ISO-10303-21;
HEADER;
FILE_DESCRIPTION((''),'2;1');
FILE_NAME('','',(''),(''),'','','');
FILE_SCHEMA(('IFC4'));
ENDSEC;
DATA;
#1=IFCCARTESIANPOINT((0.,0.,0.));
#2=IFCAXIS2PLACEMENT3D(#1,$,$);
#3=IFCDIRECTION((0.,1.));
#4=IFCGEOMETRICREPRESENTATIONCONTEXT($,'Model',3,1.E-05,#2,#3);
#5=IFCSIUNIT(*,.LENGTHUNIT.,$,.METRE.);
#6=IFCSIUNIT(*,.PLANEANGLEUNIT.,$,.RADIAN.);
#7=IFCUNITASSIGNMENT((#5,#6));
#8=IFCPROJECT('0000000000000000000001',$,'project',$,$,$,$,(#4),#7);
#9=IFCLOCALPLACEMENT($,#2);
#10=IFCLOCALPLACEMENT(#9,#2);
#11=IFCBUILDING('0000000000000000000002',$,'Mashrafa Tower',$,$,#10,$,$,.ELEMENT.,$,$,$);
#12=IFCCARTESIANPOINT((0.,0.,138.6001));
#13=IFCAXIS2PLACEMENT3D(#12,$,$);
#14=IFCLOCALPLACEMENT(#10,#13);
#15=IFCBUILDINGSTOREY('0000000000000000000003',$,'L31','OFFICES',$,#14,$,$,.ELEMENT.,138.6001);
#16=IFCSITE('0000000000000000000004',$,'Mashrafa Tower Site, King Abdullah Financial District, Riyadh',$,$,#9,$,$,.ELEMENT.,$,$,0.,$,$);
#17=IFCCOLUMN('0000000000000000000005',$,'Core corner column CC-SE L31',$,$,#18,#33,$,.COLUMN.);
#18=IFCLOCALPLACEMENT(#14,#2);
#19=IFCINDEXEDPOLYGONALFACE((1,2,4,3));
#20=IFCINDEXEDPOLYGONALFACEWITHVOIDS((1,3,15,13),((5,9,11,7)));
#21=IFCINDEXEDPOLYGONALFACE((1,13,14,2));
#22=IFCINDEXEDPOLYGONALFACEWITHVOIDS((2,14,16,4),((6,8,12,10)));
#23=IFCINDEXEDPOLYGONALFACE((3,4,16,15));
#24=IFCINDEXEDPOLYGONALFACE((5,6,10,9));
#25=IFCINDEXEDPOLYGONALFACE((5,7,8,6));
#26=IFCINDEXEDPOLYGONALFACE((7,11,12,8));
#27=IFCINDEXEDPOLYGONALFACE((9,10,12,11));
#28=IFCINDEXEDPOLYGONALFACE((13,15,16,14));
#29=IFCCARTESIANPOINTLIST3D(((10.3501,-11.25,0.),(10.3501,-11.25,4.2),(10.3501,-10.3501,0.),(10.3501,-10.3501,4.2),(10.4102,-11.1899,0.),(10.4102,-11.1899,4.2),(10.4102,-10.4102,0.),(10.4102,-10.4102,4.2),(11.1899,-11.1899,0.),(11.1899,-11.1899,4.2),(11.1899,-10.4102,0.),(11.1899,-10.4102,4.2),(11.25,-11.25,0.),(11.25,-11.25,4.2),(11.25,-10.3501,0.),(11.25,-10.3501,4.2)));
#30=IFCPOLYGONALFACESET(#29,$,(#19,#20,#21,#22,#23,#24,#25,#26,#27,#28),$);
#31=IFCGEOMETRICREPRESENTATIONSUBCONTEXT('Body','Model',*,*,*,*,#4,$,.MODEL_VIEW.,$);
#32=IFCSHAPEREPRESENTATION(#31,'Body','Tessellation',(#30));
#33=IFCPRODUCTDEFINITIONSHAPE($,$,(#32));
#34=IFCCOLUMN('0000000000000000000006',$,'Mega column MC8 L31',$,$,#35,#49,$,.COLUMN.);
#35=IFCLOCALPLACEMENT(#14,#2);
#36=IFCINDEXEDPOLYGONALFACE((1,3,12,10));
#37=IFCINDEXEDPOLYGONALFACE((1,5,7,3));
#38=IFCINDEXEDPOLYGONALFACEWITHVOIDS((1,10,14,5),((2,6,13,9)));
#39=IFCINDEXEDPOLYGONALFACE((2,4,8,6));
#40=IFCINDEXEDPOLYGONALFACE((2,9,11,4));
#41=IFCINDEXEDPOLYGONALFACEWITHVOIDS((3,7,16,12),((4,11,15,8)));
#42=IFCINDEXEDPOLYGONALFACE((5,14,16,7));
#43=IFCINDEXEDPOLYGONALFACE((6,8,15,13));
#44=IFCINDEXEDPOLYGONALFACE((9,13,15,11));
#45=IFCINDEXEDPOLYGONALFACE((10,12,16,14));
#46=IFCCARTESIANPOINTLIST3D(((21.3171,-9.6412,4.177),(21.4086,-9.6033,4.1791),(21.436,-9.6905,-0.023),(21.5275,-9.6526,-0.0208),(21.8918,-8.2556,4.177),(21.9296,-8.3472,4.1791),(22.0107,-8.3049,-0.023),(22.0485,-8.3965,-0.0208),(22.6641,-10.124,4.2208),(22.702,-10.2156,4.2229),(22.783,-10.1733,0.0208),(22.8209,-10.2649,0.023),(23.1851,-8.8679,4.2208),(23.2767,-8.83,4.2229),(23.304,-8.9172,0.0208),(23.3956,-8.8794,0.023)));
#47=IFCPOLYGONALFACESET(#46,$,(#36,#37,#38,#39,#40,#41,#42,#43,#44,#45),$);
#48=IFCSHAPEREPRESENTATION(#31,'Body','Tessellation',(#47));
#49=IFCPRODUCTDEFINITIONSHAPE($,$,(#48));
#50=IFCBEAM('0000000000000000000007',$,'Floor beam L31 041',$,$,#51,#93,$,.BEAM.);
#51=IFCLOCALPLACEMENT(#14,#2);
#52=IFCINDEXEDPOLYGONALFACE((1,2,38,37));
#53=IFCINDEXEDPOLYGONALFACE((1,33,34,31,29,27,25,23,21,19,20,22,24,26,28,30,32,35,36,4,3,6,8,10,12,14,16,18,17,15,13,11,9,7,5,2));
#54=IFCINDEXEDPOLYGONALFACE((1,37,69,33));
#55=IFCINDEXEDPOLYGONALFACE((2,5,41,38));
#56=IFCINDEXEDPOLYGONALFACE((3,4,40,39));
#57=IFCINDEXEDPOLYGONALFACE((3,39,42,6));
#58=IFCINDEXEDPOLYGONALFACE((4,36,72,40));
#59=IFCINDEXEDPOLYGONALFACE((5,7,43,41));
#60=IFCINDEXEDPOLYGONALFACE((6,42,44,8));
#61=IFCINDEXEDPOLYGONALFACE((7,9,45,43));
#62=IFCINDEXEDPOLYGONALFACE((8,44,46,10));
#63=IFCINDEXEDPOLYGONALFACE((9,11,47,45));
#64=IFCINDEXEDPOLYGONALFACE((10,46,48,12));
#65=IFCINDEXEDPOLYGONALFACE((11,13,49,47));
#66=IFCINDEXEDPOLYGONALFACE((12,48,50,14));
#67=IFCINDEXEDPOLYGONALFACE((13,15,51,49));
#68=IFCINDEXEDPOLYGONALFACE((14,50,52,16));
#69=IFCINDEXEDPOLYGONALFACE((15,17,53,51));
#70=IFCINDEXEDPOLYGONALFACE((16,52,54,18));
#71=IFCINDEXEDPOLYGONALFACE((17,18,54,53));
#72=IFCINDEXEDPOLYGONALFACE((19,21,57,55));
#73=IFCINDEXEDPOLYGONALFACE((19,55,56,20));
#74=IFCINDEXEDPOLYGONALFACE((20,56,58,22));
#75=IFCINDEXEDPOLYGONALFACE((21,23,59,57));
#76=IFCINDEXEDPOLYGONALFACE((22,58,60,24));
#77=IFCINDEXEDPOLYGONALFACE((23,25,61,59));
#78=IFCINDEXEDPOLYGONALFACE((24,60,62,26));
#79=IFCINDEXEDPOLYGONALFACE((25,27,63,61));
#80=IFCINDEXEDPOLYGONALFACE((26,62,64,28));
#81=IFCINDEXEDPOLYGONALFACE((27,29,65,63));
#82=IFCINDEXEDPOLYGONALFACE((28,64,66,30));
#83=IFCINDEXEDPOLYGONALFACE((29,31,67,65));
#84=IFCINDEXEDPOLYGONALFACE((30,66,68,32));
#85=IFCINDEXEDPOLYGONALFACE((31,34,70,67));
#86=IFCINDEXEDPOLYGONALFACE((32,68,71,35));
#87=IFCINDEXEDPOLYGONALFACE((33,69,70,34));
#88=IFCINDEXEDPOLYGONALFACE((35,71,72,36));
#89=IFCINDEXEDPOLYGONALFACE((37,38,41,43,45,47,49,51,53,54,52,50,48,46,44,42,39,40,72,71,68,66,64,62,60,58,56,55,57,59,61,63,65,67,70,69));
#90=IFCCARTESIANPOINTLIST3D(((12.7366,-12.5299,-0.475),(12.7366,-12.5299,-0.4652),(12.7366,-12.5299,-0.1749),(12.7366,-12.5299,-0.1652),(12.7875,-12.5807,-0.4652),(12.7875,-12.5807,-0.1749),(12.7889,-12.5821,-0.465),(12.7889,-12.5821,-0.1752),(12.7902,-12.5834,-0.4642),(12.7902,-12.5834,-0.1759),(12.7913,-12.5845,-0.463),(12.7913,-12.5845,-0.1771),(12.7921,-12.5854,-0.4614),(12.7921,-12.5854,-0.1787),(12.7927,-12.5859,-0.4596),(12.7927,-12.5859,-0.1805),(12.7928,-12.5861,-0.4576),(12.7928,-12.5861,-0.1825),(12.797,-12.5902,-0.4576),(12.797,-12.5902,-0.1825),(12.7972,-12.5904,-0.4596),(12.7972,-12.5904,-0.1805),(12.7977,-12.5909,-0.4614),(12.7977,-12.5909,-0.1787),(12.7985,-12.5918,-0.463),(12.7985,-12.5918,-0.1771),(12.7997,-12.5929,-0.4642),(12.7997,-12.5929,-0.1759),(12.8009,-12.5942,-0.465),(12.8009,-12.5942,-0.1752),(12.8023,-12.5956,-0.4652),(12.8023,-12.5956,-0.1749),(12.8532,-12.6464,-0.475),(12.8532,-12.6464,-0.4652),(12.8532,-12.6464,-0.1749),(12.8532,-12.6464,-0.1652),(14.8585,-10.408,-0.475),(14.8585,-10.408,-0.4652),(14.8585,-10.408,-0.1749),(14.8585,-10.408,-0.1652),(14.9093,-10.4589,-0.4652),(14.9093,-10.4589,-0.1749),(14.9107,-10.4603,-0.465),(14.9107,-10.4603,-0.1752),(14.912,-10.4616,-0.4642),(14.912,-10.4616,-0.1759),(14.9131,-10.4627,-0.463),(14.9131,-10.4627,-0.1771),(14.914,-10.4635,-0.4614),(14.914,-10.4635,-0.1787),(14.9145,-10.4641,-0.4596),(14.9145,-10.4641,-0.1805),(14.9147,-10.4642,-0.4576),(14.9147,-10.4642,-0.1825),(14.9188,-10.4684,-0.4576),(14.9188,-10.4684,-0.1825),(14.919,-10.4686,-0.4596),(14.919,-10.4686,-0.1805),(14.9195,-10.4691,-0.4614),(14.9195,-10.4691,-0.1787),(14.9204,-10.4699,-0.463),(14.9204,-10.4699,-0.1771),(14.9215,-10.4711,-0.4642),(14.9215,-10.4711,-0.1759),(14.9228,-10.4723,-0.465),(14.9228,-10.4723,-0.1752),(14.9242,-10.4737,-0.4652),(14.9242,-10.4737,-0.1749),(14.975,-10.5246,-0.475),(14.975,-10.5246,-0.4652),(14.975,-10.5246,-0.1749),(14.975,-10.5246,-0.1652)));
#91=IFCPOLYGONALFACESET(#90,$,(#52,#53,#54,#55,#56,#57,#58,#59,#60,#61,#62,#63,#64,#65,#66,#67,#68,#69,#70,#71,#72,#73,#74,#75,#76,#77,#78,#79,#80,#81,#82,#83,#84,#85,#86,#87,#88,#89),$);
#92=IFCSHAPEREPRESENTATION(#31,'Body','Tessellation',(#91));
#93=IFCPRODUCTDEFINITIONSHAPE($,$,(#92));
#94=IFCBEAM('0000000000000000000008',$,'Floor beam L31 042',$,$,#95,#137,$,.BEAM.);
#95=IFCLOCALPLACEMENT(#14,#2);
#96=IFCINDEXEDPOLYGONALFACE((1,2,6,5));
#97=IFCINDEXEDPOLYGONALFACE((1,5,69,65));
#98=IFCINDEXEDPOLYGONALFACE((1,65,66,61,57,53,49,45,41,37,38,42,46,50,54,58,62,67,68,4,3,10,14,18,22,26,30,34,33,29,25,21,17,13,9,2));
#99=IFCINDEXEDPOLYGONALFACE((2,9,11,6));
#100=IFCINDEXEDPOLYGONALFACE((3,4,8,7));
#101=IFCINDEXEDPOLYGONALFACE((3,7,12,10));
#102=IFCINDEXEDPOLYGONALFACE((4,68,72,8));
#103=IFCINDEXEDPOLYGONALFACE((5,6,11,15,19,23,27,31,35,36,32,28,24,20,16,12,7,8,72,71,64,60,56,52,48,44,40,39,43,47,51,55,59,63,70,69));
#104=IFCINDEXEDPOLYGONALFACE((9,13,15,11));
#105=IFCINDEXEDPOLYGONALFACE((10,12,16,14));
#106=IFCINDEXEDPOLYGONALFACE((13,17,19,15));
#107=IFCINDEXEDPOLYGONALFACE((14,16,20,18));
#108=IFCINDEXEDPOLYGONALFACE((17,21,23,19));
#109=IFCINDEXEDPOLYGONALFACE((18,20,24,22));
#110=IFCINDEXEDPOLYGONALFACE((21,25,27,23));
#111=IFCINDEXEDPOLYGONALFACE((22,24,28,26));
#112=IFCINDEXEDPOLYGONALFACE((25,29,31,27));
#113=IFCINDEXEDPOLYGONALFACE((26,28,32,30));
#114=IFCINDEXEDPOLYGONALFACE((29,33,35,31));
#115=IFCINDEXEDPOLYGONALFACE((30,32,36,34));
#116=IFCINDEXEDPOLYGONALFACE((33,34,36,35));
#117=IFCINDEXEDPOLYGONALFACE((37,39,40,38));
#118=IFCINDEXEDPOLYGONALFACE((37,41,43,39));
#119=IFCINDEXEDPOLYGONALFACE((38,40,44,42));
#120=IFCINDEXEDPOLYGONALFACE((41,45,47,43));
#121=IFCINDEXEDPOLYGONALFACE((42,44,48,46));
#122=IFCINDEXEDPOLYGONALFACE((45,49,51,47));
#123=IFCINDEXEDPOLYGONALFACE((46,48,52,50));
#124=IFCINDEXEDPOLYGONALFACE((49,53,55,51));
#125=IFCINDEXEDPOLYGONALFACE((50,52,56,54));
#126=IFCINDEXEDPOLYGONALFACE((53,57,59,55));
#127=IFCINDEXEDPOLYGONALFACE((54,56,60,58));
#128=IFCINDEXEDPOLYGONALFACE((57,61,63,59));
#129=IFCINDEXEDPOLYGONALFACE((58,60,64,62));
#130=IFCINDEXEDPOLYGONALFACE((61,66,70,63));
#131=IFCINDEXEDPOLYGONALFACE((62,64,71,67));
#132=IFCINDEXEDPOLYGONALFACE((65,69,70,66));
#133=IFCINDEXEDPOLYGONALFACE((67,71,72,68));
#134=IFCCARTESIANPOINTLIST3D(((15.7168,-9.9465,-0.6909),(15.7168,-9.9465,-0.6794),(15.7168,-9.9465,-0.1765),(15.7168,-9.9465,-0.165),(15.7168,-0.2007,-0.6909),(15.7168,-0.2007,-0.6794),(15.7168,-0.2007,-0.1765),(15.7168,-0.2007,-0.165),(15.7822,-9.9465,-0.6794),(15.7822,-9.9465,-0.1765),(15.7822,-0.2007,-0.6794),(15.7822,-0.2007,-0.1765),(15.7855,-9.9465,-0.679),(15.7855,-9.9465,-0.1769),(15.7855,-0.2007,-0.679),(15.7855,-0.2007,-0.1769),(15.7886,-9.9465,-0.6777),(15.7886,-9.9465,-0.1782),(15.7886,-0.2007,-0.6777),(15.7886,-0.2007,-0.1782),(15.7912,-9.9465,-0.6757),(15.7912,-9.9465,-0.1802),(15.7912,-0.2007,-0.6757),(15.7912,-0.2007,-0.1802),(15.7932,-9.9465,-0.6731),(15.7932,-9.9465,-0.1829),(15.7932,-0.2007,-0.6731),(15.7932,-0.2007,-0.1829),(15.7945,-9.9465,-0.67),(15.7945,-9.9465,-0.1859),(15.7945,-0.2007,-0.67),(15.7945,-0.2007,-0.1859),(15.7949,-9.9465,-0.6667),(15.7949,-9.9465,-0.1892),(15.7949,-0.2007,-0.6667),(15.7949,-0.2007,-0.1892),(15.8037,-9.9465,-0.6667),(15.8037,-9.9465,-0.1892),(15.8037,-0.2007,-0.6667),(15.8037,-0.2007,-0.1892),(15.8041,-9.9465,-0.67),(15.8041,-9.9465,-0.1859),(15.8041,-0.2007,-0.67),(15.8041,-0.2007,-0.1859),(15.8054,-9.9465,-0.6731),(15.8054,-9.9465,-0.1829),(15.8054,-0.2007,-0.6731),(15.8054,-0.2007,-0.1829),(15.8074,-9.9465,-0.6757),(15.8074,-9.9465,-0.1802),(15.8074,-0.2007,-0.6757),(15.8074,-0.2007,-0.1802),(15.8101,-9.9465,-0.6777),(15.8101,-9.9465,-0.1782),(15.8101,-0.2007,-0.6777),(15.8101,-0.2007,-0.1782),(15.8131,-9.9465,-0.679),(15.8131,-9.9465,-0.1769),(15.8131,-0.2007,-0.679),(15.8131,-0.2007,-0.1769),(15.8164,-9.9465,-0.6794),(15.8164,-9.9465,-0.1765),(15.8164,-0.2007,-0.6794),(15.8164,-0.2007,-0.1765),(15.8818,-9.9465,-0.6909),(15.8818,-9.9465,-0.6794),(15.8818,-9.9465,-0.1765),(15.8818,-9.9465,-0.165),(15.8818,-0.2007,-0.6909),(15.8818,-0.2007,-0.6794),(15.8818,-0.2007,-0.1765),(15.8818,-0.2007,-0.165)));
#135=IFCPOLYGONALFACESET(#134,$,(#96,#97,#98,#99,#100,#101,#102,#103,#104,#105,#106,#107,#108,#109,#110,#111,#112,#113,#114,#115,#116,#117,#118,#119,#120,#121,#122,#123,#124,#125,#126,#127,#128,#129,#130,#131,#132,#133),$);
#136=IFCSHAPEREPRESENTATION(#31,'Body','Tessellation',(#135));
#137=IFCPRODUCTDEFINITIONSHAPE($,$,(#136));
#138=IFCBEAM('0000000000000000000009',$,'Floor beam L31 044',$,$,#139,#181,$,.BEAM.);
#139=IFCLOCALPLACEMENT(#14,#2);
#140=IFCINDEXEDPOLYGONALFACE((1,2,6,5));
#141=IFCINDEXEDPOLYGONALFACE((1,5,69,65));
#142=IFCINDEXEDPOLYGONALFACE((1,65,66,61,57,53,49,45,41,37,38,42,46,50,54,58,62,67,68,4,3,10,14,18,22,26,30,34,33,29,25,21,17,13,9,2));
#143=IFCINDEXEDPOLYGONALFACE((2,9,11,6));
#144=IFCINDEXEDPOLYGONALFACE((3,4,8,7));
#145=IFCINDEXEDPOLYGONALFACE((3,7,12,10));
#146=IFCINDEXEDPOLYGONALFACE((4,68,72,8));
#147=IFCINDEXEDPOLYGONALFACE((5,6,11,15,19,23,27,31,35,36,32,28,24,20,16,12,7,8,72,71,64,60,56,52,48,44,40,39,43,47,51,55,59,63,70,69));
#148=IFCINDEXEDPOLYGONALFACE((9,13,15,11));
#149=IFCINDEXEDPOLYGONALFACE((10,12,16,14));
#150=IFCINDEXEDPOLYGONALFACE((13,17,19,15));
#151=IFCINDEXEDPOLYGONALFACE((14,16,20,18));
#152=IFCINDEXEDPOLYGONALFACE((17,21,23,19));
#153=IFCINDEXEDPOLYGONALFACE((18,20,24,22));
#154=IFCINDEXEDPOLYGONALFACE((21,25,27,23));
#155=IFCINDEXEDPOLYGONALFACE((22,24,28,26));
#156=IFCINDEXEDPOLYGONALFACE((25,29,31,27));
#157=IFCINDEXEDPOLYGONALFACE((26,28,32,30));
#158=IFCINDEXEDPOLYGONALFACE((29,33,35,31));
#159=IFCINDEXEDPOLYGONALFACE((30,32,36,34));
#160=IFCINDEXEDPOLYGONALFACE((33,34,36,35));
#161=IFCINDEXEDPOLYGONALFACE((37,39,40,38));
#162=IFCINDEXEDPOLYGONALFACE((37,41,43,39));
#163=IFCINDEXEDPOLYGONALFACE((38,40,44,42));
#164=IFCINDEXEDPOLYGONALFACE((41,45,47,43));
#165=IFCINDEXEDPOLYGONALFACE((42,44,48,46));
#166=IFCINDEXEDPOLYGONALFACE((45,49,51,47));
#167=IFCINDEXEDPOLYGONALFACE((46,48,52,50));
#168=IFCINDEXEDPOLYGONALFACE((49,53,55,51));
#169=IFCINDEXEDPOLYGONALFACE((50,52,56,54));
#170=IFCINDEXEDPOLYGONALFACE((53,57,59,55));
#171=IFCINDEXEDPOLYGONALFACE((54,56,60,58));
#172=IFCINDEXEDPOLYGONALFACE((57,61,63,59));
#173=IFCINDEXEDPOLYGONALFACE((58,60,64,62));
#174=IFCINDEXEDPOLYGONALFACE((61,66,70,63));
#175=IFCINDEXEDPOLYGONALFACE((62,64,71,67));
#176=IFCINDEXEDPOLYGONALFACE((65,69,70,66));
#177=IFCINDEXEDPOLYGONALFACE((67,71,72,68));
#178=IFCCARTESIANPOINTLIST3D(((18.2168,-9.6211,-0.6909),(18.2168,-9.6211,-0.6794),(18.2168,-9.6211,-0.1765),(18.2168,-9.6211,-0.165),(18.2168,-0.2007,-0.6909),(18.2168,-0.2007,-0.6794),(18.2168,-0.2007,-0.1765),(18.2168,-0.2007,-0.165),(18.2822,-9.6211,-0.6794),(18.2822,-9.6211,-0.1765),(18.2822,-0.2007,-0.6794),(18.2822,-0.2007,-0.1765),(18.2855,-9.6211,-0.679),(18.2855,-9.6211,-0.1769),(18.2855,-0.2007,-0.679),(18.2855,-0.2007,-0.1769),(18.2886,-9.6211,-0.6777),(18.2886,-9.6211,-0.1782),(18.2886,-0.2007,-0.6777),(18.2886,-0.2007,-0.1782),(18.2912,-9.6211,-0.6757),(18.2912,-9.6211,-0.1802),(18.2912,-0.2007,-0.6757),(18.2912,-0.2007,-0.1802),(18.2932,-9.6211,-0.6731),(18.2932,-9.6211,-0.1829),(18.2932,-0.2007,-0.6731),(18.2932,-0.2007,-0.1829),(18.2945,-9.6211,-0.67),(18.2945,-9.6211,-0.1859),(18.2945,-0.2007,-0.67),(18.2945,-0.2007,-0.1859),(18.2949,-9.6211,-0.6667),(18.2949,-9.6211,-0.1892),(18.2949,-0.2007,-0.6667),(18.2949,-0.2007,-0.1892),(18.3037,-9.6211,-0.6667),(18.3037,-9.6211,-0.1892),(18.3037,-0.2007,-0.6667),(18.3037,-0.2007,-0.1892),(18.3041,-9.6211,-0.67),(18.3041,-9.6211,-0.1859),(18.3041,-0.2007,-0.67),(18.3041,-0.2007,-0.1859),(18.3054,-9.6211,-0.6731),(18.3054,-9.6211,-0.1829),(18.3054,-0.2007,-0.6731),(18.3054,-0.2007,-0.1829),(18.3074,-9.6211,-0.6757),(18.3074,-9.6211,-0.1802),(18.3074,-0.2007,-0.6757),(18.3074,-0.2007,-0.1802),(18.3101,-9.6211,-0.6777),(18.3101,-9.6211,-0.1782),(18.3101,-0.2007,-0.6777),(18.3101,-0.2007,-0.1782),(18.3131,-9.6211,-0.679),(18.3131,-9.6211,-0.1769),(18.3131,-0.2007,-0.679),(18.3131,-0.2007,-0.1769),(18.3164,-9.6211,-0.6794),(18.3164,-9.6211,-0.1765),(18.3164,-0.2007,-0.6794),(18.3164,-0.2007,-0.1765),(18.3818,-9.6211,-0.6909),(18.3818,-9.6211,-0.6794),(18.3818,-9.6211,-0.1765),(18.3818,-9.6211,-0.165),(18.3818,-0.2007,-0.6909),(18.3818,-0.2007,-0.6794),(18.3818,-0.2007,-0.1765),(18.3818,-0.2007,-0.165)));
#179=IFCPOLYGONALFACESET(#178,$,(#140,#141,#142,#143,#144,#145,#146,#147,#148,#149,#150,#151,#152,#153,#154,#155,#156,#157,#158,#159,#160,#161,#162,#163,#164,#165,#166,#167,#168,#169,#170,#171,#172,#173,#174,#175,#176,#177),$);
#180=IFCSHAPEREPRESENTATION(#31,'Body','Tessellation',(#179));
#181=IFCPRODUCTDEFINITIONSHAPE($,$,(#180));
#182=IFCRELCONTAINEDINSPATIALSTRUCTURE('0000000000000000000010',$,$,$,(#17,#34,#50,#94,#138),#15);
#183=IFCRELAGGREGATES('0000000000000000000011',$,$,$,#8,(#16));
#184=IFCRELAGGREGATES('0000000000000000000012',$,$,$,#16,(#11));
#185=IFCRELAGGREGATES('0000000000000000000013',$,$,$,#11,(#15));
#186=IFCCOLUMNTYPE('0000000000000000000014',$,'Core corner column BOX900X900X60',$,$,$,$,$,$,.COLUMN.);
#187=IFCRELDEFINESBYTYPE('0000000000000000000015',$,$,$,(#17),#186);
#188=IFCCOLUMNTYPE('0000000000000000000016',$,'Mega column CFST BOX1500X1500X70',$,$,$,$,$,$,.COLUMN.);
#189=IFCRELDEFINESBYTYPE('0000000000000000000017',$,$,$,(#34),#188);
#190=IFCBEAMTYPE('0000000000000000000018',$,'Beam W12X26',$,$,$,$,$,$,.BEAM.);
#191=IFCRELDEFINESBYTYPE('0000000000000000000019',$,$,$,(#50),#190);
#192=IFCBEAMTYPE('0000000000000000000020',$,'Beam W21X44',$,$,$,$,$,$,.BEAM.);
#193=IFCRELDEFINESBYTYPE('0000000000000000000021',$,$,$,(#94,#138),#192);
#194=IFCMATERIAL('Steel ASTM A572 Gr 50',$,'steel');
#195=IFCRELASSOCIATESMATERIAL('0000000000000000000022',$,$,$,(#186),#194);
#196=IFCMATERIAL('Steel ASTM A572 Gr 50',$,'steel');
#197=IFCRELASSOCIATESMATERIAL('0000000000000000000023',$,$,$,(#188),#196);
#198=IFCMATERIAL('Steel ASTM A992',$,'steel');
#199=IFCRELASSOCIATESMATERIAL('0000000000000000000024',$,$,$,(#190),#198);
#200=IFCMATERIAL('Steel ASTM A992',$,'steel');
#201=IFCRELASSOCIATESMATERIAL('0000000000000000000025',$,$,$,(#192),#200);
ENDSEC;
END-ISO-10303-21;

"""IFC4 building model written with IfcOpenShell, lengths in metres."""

from ifc_helpers import new_model, si_unit, direction, frame, origin, origin_2d, place, context, subcontext, project, spatial, hollow_rectangle, i_section, extrude, material, material_profile, profile_set, type_object, element, save


model = new_model("IFC4")

# Units and contexts
model_context = context("Model", 3, precision=1e-05, world=origin(), true_north=direction((0.0, 1.0)))
body_context = subcontext(model_context, "Body", "Model", "MODEL_VIEW")
ifc_project = project(units=[si_unit("LENGTHUNIT", "METRE"), si_unit("PLANEANGLEUNIT", "RADIAN")], contexts=[model_context])

# Site, building, storey
site_placement = place(None, origin())
site = spatial("IfcSite", under=ifc_project, at=site_placement, Name="Mashrafa Tower Site, King Abdullah Financial District, Riyadh", CompositionType="ELEMENT", RefElevation=0.0)
building_placement = place(site_placement, origin())
building = spatial("IfcBuilding", under=site, at=building_placement, Name="Mashrafa Tower", CompositionType="ELEMENT")
storey_placement = place(building_placement, frame((0.0, 0.0, 138.6001)))
storey = spatial("IfcBuildingStorey", under=building, at=storey_placement, Name="L31", Description="OFFICES", CompositionType="ELEMENT", Elevation=138.6001)

# Columns
ifc_material_1 = material(Name="Steel ASTM A572 Gr 50", Category="steel")
ifc_material_profile_1 = material_profile(ifc_material_1, hollow_rectangle(XDim=0.8999, YDim=0.8999, WallThickness=0.0601, at=origin_2d()), Name="BOX900X900X60")
ifc_profile_set_1 = profile_set([ifc_material_profile_1], Name="Steel ASTM A572 Gr 50")
column_type_1 = type_object("IfcColumnType", Name="Core corner column BOX900X900X60", PredefinedType="COLUMN", material=ifc_profile_set_1)
column_1_placement = place(storey_placement, frame((10.8, -10.8, 0.0), z_axis=(0.0, 0.0, 1.0), x_axis=(1.0, 0.0, 0.0)))
element("IfcColumn", 1, at=column_1_placement, inside=storey, type_object=column_type_1, Name="Core corner column CC-SE L31", PredefinedType="COLUMN", context=body_context, shape_type="SweptSolid", body=[
    extrude(hollow_rectangle(XDim=0.8999, YDim=0.8999, WallThickness=0.0601, at=origin_2d()), origin(), (0.0, 0.0, 1.0), 4.2),
])
ifc_material_2 = material(Name="Steel ASTM A572 Gr 50", Category="steel")
ifc_material_profile_2 = material_profile(ifc_material_2, hollow_rectangle(XDim=1.5, YDim=1.5, WallThickness=0.0701, at=origin_2d()), Name="BOX1500X1500X70")
ifc_profile_set_2 = profile_set([ifc_material_profile_2], Name="Steel ASTM A572 Gr 50")
column_type_2 = type_object("IfcColumnType", Name="Mega column CFST BOX1500X1500X70", PredefinedType="COLUMN", material=ifc_profile_set_2)
column_2_placement = place(storey_placement, frame((22.4158, -9.2849, 0.0), z_axis=(-0.028296, 0.011737, 0.999531), x_axis=(-0.383133, -0.923693, 0.0)))
element("IfcColumn", 2, at=column_2_placement, inside=storey, type_object=column_type_2, Name="Mega column MC8 L31", PredefinedType="COLUMN", context=body_context, shape_type="SweptSolid", body=[
    extrude(hollow_rectangle(XDim=1.5, YDim=1.5, WallThickness=0.0701, at=origin_2d()), origin(), (0.0, 0.0, 1.0), 4.2019),
])

# Beams
ifc_material_3 = material(Name="Steel ASTM A992", Category="steel")
ifc_material_profile_3 = material_profile(ifc_material_3, i_section(OverallWidth=0.1648, OverallDepth=0.3098, WebThickness=0.0059, FlangeThickness=0.0098, FilletRadius=0.0076, at=origin_2d()), Name="W12X26")
ifc_profile_set_3 = profile_set([ifc_material_profile_3], Name="Steel ASTM A992")
beam_type_1 = type_object("IfcBeamType", Name="Beam W12X26", PredefinedType="BEAM", material=ifc_profile_set_3)
beam_1_placement = place(storey_placement, frame((14.9167, -10.4663, -0.3201), z_axis=(-0.707107, -0.707107, 0.0), x_axis=(0.707107, -0.707107, 0.0)))
element("IfcBeam", 3, at=beam_1_placement, inside=storey, type_object=beam_type_1, Name="Floor beam L31 041", PredefinedType="BEAM", context=body_context, shape_type="SweptSolid", body=[
    extrude(i_section(OverallWidth=0.1648, OverallDepth=0.3098, WebThickness=0.0059, FlangeThickness=0.0098, FilletRadius=0.0076, at=origin_2d()), origin(), (0.0, 0.0, 1.0), 3.0007),
])
ifc_material_4 = material(Name="Steel ASTM A992", Category="steel")
ifc_material_profile_4 = material_profile(ifc_material_4, i_section(OverallWidth=0.165, OverallDepth=0.5259, WebThickness=0.0088, FlangeThickness=0.0115, FilletRadius=0.0127, at=origin_2d()), Name="W21X44")
ifc_profile_set_4 = profile_set([ifc_material_profile_4], Name="Steel ASTM A992")
beam_type_2 = type_object("IfcBeamType", Name="Beam W21X44", PredefinedType="BEAM", material=ifc_profile_set_4)
beam_2_placement = place(storey_placement, frame((15.7993, -0.2007, -0.428), z_axis=(0.0, -1.0, 0.0), x_axis=(1.0, 0.0, 0.0)))
element("IfcBeam", 4, at=beam_2_placement, inside=storey, type_object=beam_type_2, Name="Floor beam L31 042", PredefinedType="BEAM", context=body_context, shape_type="SweptSolid", body=[
    extrude(i_section(OverallWidth=0.165, OverallDepth=0.5259, WebThickness=0.0088, FlangeThickness=0.0115, FilletRadius=0.0127, at=origin_2d()), origin(), (0.0, 0.0, 1.0), 9.7458),
])
beam_3_placement = place(storey_placement, frame((18.2993, -0.2007, -0.428), z_axis=(0.0, -1.0, 0.0), x_axis=(1.0, 0.0, 0.0)))
element("IfcBeam", 5, at=beam_3_placement, inside=storey, type_object=beam_type_2, Name="Floor beam L31 044", PredefinedType="BEAM", context=body_context, shape_type="SweptSolid", body=[
    extrude(i_section(OverallWidth=0.165, OverallDepth=0.5259, WebThickness=0.0088, FlangeThickness=0.0115, FilletRadius=0.0127, at=origin_2d()), origin(), (0.0, 0.0, 1.0), 9.4204),
])

save(model, "model.ifc")
